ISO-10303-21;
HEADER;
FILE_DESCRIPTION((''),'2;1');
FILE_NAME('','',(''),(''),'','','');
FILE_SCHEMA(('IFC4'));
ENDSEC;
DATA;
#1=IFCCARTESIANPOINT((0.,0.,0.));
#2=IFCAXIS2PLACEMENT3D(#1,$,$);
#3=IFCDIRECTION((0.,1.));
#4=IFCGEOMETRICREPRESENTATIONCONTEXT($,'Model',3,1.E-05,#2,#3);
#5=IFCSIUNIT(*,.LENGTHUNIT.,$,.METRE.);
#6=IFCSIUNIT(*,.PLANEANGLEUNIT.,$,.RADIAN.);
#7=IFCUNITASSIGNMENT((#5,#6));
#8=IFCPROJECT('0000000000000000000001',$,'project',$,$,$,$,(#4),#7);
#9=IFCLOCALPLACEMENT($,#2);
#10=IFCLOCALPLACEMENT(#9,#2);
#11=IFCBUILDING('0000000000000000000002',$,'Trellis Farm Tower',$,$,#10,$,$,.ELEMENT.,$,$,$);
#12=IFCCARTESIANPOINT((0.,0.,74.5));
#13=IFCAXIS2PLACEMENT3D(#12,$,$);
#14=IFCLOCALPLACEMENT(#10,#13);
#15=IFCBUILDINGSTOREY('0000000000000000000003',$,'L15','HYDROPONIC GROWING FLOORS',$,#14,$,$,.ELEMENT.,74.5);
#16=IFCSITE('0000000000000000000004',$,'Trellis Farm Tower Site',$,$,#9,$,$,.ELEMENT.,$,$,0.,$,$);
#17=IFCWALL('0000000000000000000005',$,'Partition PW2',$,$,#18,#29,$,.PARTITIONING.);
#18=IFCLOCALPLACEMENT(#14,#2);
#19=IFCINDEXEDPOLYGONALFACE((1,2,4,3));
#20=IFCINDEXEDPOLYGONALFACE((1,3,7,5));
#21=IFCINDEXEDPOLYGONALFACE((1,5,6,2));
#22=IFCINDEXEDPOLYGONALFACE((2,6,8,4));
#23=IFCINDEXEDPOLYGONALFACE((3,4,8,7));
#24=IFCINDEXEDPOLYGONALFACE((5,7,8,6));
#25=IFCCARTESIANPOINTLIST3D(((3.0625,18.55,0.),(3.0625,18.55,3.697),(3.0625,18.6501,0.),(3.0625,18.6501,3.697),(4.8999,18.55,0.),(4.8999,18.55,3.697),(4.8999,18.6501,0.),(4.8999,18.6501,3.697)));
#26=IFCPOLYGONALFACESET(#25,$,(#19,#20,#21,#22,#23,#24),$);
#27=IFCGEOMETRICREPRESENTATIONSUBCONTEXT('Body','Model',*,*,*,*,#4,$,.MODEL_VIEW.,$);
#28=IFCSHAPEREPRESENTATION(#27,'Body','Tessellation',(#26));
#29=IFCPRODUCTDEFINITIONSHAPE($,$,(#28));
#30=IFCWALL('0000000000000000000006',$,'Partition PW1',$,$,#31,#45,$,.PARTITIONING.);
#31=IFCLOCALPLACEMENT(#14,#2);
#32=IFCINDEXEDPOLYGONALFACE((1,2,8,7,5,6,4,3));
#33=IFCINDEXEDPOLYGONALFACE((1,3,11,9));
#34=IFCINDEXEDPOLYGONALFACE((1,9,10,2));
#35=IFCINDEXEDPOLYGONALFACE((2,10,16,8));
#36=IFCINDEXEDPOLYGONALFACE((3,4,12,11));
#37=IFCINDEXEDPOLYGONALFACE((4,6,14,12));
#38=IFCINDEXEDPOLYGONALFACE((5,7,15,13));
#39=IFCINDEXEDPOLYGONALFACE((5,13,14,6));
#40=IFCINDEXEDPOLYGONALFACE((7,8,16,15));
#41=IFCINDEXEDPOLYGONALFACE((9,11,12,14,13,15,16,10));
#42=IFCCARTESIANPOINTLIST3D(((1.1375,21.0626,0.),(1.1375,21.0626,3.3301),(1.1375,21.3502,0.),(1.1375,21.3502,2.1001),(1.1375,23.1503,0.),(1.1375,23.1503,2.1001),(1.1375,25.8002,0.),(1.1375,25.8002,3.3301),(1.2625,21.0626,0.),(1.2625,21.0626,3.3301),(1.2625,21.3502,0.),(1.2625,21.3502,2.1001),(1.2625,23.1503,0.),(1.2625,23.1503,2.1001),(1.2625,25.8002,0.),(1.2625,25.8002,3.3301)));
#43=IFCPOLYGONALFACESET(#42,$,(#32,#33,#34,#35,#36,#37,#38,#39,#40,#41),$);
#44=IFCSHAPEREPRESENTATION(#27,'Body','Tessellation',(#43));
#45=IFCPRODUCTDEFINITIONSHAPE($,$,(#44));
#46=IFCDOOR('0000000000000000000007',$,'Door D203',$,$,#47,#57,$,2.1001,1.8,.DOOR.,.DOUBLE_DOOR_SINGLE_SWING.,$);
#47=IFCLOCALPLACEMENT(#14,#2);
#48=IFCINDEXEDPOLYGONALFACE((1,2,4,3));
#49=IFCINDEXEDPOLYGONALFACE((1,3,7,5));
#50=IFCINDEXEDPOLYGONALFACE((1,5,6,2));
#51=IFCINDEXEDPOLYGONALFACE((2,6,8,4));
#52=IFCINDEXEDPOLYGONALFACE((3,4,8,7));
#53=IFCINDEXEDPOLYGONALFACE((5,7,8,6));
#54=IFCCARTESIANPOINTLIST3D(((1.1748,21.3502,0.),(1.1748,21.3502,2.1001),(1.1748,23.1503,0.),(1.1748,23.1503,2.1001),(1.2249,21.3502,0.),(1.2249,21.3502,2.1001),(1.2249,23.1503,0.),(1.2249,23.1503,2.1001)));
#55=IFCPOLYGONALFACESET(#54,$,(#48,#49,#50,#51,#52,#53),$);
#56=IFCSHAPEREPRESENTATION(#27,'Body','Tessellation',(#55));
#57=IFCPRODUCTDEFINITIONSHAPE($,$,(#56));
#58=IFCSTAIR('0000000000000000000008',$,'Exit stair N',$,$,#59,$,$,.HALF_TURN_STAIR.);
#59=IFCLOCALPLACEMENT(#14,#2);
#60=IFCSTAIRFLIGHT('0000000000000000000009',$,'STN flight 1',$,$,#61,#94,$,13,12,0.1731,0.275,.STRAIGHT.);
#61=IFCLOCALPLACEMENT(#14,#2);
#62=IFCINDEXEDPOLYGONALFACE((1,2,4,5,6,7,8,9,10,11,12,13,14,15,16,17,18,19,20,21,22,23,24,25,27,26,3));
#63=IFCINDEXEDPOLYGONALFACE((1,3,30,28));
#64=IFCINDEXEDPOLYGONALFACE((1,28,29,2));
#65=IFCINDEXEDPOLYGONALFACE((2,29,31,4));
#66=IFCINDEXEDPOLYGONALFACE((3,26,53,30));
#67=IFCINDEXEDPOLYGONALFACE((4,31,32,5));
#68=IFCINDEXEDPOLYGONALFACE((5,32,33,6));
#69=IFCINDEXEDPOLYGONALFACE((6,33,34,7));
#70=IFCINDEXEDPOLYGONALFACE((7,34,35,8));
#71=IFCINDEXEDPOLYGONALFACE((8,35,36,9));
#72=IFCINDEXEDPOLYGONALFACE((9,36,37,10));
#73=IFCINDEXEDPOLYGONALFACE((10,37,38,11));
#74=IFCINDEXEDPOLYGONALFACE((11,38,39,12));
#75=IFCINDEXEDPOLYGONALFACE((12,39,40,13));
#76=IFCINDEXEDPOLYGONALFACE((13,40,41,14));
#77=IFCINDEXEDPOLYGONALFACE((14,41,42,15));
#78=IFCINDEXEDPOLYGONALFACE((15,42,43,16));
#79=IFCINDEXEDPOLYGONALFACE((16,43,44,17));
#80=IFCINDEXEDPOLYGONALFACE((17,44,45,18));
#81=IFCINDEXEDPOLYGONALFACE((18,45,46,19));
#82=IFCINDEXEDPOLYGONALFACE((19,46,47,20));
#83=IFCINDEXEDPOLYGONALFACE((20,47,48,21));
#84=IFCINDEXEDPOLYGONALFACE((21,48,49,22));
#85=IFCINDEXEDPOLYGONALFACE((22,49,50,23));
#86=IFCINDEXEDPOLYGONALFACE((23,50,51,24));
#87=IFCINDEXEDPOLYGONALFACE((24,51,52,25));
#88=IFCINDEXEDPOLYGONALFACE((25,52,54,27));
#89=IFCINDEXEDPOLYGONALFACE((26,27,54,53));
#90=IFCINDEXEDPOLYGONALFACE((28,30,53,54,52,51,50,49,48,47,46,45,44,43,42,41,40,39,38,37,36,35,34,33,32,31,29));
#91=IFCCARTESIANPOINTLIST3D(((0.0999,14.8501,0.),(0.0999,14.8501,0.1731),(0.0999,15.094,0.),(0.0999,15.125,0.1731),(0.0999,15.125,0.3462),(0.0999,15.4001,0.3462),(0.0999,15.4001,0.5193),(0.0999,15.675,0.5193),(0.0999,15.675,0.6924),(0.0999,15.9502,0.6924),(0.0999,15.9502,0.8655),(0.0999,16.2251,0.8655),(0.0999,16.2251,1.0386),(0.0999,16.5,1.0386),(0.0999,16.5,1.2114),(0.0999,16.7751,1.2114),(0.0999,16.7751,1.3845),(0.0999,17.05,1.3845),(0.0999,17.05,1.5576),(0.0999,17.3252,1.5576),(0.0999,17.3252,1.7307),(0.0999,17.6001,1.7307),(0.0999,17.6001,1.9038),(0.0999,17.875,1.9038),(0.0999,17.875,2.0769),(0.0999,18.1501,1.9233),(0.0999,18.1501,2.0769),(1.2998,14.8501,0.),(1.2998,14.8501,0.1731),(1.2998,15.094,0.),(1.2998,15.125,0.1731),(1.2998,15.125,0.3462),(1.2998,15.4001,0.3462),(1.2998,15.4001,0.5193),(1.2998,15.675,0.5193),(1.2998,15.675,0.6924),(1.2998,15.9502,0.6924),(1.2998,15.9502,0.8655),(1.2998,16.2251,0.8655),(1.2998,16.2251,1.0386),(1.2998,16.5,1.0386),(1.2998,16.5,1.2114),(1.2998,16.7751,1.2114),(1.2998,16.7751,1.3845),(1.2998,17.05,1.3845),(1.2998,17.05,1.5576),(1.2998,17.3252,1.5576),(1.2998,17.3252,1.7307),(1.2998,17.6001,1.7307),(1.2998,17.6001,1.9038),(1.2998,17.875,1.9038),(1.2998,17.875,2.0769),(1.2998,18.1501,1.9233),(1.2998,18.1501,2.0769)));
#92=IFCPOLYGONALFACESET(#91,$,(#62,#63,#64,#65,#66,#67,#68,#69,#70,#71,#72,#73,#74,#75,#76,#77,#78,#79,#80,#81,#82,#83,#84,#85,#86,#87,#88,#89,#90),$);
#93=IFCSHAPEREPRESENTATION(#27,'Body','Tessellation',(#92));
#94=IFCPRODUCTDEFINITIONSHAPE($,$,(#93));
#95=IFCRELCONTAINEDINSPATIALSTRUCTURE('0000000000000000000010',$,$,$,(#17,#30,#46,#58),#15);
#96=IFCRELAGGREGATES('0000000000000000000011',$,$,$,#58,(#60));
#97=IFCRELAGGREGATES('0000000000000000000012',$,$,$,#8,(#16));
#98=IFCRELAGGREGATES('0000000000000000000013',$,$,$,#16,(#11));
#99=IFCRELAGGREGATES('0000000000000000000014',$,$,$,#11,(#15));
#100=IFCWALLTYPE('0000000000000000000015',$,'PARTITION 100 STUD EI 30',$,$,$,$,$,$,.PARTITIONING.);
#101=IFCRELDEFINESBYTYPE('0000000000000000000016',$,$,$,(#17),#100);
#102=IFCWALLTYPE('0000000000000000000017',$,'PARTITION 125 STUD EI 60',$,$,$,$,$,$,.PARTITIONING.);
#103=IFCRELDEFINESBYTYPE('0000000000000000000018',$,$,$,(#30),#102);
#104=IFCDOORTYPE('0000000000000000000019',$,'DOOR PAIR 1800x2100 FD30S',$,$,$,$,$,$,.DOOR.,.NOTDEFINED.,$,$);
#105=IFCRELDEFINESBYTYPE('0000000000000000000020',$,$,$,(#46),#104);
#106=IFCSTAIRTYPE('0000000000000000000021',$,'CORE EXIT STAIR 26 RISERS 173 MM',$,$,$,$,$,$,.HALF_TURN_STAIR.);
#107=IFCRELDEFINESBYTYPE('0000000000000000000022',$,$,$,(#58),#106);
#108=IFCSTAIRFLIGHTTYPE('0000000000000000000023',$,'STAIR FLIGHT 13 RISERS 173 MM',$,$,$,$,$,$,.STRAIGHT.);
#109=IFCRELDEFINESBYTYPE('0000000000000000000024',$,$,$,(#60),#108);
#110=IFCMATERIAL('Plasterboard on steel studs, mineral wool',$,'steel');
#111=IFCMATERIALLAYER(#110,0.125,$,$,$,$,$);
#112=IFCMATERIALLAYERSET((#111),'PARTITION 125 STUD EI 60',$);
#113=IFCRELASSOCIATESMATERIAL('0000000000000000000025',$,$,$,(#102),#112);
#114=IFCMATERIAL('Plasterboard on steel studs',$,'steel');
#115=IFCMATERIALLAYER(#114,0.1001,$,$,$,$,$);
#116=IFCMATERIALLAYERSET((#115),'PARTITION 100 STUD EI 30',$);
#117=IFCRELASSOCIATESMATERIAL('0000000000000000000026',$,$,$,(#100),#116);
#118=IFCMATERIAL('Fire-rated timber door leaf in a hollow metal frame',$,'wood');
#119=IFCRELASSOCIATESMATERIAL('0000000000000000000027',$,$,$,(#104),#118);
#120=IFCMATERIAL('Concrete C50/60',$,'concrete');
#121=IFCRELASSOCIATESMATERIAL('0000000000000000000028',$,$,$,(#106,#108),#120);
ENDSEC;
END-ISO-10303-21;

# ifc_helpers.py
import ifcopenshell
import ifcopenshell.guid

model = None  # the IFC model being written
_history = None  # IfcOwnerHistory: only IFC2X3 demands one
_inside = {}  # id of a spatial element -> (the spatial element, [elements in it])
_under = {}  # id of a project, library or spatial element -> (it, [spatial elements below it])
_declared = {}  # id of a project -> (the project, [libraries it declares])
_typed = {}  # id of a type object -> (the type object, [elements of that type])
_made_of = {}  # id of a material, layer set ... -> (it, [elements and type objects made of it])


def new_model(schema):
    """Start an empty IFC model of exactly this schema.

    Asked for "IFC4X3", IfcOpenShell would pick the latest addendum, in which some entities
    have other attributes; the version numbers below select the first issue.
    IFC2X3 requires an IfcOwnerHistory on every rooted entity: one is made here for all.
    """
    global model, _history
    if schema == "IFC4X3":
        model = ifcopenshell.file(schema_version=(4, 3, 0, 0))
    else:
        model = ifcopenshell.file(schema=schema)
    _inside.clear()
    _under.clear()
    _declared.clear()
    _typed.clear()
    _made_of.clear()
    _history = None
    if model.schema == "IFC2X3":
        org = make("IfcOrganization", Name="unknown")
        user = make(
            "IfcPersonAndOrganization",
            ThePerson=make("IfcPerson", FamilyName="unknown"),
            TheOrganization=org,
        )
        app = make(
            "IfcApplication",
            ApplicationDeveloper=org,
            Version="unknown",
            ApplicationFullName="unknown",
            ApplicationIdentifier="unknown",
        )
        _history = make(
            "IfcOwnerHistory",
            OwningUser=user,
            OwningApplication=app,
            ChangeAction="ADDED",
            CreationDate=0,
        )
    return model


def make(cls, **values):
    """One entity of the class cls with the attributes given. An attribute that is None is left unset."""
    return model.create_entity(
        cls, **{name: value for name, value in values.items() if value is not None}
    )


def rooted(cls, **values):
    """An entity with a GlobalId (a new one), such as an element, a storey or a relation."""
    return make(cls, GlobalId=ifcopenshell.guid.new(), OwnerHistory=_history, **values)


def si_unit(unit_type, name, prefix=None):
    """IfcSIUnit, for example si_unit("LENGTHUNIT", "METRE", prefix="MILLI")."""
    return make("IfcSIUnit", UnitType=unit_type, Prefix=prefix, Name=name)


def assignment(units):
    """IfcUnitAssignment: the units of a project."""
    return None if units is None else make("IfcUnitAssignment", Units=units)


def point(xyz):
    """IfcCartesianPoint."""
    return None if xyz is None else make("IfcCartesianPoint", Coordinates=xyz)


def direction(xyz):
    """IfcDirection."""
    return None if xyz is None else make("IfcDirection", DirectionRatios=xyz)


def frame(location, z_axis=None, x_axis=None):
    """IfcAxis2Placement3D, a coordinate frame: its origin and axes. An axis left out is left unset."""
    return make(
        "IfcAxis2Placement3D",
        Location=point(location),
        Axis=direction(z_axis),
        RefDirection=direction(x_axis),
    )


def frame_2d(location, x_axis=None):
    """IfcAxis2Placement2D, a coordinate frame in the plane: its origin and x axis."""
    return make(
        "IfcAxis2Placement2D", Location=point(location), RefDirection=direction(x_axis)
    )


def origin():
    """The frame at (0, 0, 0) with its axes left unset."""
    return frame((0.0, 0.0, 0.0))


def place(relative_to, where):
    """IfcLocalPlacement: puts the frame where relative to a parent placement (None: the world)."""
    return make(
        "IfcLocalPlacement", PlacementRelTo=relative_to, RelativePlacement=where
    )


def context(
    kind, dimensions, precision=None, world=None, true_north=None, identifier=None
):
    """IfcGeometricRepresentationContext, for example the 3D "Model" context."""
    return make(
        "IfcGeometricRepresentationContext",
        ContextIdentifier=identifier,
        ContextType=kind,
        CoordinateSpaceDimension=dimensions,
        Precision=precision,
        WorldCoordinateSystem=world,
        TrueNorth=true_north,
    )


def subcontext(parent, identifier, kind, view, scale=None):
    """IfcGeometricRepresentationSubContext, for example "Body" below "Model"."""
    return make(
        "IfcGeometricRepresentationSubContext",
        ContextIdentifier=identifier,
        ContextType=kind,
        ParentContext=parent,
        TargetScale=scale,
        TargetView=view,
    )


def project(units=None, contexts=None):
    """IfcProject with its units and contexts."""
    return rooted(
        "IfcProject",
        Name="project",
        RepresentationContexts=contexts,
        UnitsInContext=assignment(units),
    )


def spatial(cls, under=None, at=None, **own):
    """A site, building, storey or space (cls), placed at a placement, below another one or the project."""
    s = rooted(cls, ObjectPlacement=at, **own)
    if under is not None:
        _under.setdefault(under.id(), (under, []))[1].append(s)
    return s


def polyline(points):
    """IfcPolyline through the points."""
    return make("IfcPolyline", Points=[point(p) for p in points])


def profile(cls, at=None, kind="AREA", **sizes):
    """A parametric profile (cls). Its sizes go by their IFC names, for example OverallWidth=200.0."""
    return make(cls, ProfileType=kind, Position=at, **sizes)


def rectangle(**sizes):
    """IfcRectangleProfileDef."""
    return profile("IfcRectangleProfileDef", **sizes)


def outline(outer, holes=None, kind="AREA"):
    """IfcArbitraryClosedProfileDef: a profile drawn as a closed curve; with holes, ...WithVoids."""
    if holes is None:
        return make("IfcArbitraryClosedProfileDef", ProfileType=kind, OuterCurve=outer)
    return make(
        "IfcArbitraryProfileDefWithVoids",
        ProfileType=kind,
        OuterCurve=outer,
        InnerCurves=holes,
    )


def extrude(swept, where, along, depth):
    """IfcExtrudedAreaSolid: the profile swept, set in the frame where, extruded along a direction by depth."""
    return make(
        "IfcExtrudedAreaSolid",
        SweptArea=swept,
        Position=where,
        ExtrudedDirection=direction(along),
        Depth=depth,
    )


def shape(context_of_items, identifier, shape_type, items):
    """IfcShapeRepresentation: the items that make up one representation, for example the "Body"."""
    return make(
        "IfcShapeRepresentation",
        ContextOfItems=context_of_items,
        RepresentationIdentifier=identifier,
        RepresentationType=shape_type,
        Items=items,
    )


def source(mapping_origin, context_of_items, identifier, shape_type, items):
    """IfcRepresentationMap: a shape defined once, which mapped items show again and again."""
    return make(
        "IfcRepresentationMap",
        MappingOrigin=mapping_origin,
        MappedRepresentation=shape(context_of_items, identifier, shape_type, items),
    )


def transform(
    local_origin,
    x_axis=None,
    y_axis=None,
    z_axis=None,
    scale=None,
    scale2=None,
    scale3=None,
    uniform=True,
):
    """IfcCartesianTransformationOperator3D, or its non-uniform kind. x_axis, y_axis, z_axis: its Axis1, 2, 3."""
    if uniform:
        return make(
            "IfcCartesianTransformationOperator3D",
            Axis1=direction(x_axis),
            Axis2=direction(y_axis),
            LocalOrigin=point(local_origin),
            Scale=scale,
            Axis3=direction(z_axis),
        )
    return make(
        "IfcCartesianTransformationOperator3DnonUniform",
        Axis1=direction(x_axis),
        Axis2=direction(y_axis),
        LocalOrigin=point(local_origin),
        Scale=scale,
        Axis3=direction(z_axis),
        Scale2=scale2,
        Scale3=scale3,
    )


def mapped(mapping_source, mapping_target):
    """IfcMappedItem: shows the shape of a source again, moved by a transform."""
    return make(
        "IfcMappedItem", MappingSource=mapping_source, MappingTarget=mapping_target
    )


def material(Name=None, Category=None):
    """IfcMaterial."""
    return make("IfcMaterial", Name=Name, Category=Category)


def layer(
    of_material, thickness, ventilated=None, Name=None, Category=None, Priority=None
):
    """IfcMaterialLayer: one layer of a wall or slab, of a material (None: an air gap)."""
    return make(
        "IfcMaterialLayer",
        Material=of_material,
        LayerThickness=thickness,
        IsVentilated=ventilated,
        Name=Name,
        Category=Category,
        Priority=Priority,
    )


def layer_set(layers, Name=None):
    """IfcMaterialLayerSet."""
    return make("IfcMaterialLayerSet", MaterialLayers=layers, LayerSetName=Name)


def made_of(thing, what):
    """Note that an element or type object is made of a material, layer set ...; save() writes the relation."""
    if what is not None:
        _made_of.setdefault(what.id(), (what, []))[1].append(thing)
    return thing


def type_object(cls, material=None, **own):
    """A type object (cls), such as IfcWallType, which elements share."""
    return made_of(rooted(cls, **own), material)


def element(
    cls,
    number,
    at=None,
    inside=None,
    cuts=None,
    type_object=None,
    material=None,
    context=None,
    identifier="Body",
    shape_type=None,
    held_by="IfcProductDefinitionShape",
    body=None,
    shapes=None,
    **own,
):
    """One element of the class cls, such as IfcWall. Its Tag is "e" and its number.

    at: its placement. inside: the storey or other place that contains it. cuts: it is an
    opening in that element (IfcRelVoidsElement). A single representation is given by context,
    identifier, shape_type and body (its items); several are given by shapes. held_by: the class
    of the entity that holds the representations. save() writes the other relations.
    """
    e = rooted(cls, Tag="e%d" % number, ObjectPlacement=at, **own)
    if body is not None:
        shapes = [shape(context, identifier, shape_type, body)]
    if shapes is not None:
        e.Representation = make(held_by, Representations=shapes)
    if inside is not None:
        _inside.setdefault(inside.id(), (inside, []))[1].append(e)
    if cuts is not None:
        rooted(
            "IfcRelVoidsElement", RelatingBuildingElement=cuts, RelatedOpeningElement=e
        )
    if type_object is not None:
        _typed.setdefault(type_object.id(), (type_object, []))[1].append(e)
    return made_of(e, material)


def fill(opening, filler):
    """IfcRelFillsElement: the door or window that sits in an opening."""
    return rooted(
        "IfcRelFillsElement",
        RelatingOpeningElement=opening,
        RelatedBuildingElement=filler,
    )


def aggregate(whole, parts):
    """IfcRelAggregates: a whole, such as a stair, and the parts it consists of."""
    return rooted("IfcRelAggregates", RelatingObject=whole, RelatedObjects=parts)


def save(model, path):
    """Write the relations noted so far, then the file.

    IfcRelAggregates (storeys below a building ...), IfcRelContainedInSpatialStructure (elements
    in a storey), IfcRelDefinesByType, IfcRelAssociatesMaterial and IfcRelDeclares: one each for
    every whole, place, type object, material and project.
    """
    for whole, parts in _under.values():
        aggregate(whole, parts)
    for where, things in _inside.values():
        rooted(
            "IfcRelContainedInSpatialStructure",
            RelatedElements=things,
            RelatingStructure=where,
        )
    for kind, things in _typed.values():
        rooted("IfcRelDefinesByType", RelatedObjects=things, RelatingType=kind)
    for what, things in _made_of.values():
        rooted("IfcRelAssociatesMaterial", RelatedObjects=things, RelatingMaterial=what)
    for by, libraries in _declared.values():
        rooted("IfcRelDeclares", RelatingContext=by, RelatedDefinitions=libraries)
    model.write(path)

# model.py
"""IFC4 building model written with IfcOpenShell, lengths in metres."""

from ifc_helpers import new_model, si_unit, direction, frame, frame_2d, origin, place, context, subcontext, project, spatial, polyline, rectangle, outline, extrude, source, transform, mapped, material, layer, layer_set, type_object, element, fill, aggregate, save


model = new_model("IFC4")

# Units and contexts
model_context = context("Model", 3, precision=1e-05, world=origin(), true_north=direction((0.0, 1.0)))
body_context = subcontext(model_context, "Body", "Model", "MODEL_VIEW")
ifc_project = project(units=[si_unit("LENGTHUNIT", "METRE"), si_unit("PLANEANGLEUNIT", "RADIAN")], contexts=[model_context])

# Site, building, storey
site_placement = place(None, origin())
site = spatial("IfcSite", under=ifc_project, at=site_placement, Name="Trellis Farm Tower Site", CompositionType="ELEMENT", RefElevation=0.0)
building_placement = place(site_placement, origin())
building = spatial("IfcBuilding", under=site, at=building_placement, Name="Trellis Farm Tower", CompositionType="ELEMENT")
storey_placement = place(building_placement, frame((0.0, 0.0, 74.5)))
storey = spatial("IfcBuildingStorey", under=building, at=storey_placement, Name="L15", Description="HYDROPONIC GROWING FLOORS", CompositionType="ELEMENT", Elevation=74.5)

# Shared definitions
placement = place(storey_placement, origin())

# Shared definitions
ifc_material_1 = material(Name="Plasterboard on steel studs, mineral wool", Category="steel")
ifc_layer_1 = layer(ifc_material_1, 0.125)
ifc_layer_set_1 = layer_set([ifc_layer_1], Name="PARTITION 125 STUD EI 60")
wall_type_1 = type_object("IfcWallType", Name="PARTITION 125 STUD EI 60", PredefinedType="PARTITIONING", material=ifc_layer_set_1)

# Shared definitions
ifc_material_2 = material(Name="Fire-rated timber door leaf in a hollow metal frame", Category="wood")

# Wall
ifc_material_3 = material(Name="Plasterboard on steel studs", Category="steel")
ifc_layer_2 = layer(ifc_material_3, 0.1001)
ifc_layer_set_2 = layer_set([ifc_layer_2], Name="PARTITION 100 STUD EI 30")
wall_type_2 = type_object("IfcWallType", Name="PARTITION 100 STUD EI 30", PredefinedType="PARTITIONING", material=ifc_layer_set_2)
shared_shape_1 = source(origin(), body_context, "Body", "SweptSolid", [
    extrude(rectangle(XDim=1.8374, YDim=0.1001, at=frame_2d((0.9187, 0.0))), origin(), (0.0, 0.0, 1.0), 3.697),
])
wall_1_placement = place(storey_placement, frame((3.0625, 18.6001, 0.0), z_axis=(0.0, 0.0, 1.0), x_axis=(1.0, 0.0, 0.0)))
element("IfcWall", 1, at=wall_1_placement, inside=storey, type_object=wall_type_2, Name="Partition PW2", PredefinedType="PARTITIONING", context=body_context, shape_type="MappedRepresentation", body=[
    mapped(shared_shape_1, transform((0.0, 0.0, 0.0))),
])

# Wall, opening, door
shared_shape_2 = source(origin(), body_context, "Body", "SweptSolid", [
    extrude(rectangle(XDim=4.7375, YDim=0.125, at=frame_2d((2.3687, 0.0))), origin(), (0.0, 0.0, 1.0), 3.3301),
])
wall_2_placement = place(storey_placement, frame((1.2, 25.8, 0.0), z_axis=(0.0, 0.0, 1.0), x_axis=(0.0, -1.0, 0.0)))
wall_2 = element("IfcWall", 2, at=wall_2_placement, inside=storey, type_object=wall_type_1, Name="Partition PW1", PredefinedType="PARTITIONING", context=body_context, shape_type="MappedRepresentation", body=[
    mapped(shared_shape_2, transform((0.0, 0.0, 0.0))),
])
shared_shape_3 = source(origin(), body_context, "Body", "SweptSolid", [
    extrude(rectangle(XDim=1.8, YDim=2.1001, at=frame_2d((0.8999, 1.05))), frame((0.0, 0.0725, 0.0), z_axis=(0.0, -1.0, 0.0), x_axis=(1.0, 0.0, 0.0)), (0.0, 0.0, 1.0), 0.145),
])
opening_1_placement = place(wall_2_placement, frame((2.6499, 0.0, 0.0)))
opening_1 = element("IfcOpeningElement", 3, at=opening_1_placement, cuts=wall_2, PredefinedType="OPENING", context=body_context, shape_type="MappedRepresentation", body=[
    mapped(shared_shape_3, transform((0.0, 0.0, 0.0))),
])
door_type_1 = type_object("IfcDoorType", Name="DOOR PAIR 1800x2100 FD30S", OperationType="NOTDEFINED", PredefinedType="DOOR", material=ifc_material_2)
shared_shape_4 = source(origin(), body_context, "Body", "SweptSolid", [
    extrude(rectangle(XDim=1.8, YDim=2.1001, at=frame_2d((0.8999, 1.05))), frame((0.0, 0.0249, 0.0), z_axis=(0.0, -1.0, 0.0), x_axis=(1.0, 0.0, 0.0)), (0.0, 0.0, 1.0), 0.05),
])
door_1_placement = place(opening_1_placement, origin())
door_1 = element("IfcDoor", 4, at=door_1_placement, inside=storey, type_object=door_type_1, Name="Door D203", OperationType="DOUBLE_DOOR_SINGLE_SWING", OverallHeight=2.1001, OverallWidth=1.8, PredefinedType="DOOR", context=body_context, shape_type="MappedRepresentation", body=[
    mapped(shared_shape_4, transform((0.0, 0.0, 0.0))),
])
fill(opening_1, door_1)

# Stair, stair flight
ifc_material_4 = material(Name="Concrete C50/60", Category="concrete")
stair_type = type_object("IfcStairType", Name="CORE EXIT STAIR 26 RISERS 173 MM", PredefinedType="HALF_TURN_STAIR", material=ifc_material_4)
stair = element("IfcStair", 5, at=placement, inside=storey, type_object=stair_type, Name="Exit stair N", PredefinedType="HALF_TURN_STAIR")
stair_flight_type = type_object("IfcStairFlightType", Name="STAIR FLIGHT 13 RISERS 173 MM", PredefinedType="STRAIGHT", material=ifc_material_4)
shared_shape_5 = source(origin(), body_context, "Body", "SweptSolid", [
    extrude(outline(polyline([(0.0, 0.0), (0.0, 0.1731), (0.2749, 0.1731), (0.2749, 0.3462), (0.55, 0.3462), (0.55, 0.5193), (0.825, 0.5193), (0.825, 0.6924), (1.1001, 0.6924), (1.1001, 0.8655), (1.375, 0.8655), (1.375, 1.0386), (1.6499, 1.0386), (1.6499, 1.2114), (1.925, 1.2114), (1.925, 1.3845), (2.2, 1.3845), (2.2, 1.5576), (2.4751, 1.5576), (2.4751, 1.7307), (2.75, 1.7307), (2.75, 1.9038), (3.0249, 1.9038), (3.0249, 2.0769), (3.3, 2.0769), (3.3, 2.25), (3.3, 1.9233), (0.2439, 0.0), (0.0, 0.0)])), frame((0.0, 0.6001, 0.0), z_axis=(0.0, -1.0, 0.0), x_axis=(1.0, 0.0, 0.0)), (0.0, 0.0, 1.0), 1.2),
])
stair_flight_placement = place(storey_placement, frame((0.7, 14.8501, 0.0), z_axis=(0.0, 0.0, 1.0), x_axis=(0.0, 1.0, 0.0)))
stair_flight = element("IfcStairFlight", 6, at=stair_flight_placement, type_object=stair_flight_type, Name="STN flight 1", NumberOfRisers=13, NumberOfTreads=12, PredefinedType="STRAIGHT", RiserHeight=0.1731, TreadLength=0.275, context=body_context, shape_type="MappedRepresentation", body=[
    mapped(shared_shape_5, transform((0.0, 0.0, 0.0))),
])
aggregate(stair, [stair_flight])

save(model, "model.ifc")
